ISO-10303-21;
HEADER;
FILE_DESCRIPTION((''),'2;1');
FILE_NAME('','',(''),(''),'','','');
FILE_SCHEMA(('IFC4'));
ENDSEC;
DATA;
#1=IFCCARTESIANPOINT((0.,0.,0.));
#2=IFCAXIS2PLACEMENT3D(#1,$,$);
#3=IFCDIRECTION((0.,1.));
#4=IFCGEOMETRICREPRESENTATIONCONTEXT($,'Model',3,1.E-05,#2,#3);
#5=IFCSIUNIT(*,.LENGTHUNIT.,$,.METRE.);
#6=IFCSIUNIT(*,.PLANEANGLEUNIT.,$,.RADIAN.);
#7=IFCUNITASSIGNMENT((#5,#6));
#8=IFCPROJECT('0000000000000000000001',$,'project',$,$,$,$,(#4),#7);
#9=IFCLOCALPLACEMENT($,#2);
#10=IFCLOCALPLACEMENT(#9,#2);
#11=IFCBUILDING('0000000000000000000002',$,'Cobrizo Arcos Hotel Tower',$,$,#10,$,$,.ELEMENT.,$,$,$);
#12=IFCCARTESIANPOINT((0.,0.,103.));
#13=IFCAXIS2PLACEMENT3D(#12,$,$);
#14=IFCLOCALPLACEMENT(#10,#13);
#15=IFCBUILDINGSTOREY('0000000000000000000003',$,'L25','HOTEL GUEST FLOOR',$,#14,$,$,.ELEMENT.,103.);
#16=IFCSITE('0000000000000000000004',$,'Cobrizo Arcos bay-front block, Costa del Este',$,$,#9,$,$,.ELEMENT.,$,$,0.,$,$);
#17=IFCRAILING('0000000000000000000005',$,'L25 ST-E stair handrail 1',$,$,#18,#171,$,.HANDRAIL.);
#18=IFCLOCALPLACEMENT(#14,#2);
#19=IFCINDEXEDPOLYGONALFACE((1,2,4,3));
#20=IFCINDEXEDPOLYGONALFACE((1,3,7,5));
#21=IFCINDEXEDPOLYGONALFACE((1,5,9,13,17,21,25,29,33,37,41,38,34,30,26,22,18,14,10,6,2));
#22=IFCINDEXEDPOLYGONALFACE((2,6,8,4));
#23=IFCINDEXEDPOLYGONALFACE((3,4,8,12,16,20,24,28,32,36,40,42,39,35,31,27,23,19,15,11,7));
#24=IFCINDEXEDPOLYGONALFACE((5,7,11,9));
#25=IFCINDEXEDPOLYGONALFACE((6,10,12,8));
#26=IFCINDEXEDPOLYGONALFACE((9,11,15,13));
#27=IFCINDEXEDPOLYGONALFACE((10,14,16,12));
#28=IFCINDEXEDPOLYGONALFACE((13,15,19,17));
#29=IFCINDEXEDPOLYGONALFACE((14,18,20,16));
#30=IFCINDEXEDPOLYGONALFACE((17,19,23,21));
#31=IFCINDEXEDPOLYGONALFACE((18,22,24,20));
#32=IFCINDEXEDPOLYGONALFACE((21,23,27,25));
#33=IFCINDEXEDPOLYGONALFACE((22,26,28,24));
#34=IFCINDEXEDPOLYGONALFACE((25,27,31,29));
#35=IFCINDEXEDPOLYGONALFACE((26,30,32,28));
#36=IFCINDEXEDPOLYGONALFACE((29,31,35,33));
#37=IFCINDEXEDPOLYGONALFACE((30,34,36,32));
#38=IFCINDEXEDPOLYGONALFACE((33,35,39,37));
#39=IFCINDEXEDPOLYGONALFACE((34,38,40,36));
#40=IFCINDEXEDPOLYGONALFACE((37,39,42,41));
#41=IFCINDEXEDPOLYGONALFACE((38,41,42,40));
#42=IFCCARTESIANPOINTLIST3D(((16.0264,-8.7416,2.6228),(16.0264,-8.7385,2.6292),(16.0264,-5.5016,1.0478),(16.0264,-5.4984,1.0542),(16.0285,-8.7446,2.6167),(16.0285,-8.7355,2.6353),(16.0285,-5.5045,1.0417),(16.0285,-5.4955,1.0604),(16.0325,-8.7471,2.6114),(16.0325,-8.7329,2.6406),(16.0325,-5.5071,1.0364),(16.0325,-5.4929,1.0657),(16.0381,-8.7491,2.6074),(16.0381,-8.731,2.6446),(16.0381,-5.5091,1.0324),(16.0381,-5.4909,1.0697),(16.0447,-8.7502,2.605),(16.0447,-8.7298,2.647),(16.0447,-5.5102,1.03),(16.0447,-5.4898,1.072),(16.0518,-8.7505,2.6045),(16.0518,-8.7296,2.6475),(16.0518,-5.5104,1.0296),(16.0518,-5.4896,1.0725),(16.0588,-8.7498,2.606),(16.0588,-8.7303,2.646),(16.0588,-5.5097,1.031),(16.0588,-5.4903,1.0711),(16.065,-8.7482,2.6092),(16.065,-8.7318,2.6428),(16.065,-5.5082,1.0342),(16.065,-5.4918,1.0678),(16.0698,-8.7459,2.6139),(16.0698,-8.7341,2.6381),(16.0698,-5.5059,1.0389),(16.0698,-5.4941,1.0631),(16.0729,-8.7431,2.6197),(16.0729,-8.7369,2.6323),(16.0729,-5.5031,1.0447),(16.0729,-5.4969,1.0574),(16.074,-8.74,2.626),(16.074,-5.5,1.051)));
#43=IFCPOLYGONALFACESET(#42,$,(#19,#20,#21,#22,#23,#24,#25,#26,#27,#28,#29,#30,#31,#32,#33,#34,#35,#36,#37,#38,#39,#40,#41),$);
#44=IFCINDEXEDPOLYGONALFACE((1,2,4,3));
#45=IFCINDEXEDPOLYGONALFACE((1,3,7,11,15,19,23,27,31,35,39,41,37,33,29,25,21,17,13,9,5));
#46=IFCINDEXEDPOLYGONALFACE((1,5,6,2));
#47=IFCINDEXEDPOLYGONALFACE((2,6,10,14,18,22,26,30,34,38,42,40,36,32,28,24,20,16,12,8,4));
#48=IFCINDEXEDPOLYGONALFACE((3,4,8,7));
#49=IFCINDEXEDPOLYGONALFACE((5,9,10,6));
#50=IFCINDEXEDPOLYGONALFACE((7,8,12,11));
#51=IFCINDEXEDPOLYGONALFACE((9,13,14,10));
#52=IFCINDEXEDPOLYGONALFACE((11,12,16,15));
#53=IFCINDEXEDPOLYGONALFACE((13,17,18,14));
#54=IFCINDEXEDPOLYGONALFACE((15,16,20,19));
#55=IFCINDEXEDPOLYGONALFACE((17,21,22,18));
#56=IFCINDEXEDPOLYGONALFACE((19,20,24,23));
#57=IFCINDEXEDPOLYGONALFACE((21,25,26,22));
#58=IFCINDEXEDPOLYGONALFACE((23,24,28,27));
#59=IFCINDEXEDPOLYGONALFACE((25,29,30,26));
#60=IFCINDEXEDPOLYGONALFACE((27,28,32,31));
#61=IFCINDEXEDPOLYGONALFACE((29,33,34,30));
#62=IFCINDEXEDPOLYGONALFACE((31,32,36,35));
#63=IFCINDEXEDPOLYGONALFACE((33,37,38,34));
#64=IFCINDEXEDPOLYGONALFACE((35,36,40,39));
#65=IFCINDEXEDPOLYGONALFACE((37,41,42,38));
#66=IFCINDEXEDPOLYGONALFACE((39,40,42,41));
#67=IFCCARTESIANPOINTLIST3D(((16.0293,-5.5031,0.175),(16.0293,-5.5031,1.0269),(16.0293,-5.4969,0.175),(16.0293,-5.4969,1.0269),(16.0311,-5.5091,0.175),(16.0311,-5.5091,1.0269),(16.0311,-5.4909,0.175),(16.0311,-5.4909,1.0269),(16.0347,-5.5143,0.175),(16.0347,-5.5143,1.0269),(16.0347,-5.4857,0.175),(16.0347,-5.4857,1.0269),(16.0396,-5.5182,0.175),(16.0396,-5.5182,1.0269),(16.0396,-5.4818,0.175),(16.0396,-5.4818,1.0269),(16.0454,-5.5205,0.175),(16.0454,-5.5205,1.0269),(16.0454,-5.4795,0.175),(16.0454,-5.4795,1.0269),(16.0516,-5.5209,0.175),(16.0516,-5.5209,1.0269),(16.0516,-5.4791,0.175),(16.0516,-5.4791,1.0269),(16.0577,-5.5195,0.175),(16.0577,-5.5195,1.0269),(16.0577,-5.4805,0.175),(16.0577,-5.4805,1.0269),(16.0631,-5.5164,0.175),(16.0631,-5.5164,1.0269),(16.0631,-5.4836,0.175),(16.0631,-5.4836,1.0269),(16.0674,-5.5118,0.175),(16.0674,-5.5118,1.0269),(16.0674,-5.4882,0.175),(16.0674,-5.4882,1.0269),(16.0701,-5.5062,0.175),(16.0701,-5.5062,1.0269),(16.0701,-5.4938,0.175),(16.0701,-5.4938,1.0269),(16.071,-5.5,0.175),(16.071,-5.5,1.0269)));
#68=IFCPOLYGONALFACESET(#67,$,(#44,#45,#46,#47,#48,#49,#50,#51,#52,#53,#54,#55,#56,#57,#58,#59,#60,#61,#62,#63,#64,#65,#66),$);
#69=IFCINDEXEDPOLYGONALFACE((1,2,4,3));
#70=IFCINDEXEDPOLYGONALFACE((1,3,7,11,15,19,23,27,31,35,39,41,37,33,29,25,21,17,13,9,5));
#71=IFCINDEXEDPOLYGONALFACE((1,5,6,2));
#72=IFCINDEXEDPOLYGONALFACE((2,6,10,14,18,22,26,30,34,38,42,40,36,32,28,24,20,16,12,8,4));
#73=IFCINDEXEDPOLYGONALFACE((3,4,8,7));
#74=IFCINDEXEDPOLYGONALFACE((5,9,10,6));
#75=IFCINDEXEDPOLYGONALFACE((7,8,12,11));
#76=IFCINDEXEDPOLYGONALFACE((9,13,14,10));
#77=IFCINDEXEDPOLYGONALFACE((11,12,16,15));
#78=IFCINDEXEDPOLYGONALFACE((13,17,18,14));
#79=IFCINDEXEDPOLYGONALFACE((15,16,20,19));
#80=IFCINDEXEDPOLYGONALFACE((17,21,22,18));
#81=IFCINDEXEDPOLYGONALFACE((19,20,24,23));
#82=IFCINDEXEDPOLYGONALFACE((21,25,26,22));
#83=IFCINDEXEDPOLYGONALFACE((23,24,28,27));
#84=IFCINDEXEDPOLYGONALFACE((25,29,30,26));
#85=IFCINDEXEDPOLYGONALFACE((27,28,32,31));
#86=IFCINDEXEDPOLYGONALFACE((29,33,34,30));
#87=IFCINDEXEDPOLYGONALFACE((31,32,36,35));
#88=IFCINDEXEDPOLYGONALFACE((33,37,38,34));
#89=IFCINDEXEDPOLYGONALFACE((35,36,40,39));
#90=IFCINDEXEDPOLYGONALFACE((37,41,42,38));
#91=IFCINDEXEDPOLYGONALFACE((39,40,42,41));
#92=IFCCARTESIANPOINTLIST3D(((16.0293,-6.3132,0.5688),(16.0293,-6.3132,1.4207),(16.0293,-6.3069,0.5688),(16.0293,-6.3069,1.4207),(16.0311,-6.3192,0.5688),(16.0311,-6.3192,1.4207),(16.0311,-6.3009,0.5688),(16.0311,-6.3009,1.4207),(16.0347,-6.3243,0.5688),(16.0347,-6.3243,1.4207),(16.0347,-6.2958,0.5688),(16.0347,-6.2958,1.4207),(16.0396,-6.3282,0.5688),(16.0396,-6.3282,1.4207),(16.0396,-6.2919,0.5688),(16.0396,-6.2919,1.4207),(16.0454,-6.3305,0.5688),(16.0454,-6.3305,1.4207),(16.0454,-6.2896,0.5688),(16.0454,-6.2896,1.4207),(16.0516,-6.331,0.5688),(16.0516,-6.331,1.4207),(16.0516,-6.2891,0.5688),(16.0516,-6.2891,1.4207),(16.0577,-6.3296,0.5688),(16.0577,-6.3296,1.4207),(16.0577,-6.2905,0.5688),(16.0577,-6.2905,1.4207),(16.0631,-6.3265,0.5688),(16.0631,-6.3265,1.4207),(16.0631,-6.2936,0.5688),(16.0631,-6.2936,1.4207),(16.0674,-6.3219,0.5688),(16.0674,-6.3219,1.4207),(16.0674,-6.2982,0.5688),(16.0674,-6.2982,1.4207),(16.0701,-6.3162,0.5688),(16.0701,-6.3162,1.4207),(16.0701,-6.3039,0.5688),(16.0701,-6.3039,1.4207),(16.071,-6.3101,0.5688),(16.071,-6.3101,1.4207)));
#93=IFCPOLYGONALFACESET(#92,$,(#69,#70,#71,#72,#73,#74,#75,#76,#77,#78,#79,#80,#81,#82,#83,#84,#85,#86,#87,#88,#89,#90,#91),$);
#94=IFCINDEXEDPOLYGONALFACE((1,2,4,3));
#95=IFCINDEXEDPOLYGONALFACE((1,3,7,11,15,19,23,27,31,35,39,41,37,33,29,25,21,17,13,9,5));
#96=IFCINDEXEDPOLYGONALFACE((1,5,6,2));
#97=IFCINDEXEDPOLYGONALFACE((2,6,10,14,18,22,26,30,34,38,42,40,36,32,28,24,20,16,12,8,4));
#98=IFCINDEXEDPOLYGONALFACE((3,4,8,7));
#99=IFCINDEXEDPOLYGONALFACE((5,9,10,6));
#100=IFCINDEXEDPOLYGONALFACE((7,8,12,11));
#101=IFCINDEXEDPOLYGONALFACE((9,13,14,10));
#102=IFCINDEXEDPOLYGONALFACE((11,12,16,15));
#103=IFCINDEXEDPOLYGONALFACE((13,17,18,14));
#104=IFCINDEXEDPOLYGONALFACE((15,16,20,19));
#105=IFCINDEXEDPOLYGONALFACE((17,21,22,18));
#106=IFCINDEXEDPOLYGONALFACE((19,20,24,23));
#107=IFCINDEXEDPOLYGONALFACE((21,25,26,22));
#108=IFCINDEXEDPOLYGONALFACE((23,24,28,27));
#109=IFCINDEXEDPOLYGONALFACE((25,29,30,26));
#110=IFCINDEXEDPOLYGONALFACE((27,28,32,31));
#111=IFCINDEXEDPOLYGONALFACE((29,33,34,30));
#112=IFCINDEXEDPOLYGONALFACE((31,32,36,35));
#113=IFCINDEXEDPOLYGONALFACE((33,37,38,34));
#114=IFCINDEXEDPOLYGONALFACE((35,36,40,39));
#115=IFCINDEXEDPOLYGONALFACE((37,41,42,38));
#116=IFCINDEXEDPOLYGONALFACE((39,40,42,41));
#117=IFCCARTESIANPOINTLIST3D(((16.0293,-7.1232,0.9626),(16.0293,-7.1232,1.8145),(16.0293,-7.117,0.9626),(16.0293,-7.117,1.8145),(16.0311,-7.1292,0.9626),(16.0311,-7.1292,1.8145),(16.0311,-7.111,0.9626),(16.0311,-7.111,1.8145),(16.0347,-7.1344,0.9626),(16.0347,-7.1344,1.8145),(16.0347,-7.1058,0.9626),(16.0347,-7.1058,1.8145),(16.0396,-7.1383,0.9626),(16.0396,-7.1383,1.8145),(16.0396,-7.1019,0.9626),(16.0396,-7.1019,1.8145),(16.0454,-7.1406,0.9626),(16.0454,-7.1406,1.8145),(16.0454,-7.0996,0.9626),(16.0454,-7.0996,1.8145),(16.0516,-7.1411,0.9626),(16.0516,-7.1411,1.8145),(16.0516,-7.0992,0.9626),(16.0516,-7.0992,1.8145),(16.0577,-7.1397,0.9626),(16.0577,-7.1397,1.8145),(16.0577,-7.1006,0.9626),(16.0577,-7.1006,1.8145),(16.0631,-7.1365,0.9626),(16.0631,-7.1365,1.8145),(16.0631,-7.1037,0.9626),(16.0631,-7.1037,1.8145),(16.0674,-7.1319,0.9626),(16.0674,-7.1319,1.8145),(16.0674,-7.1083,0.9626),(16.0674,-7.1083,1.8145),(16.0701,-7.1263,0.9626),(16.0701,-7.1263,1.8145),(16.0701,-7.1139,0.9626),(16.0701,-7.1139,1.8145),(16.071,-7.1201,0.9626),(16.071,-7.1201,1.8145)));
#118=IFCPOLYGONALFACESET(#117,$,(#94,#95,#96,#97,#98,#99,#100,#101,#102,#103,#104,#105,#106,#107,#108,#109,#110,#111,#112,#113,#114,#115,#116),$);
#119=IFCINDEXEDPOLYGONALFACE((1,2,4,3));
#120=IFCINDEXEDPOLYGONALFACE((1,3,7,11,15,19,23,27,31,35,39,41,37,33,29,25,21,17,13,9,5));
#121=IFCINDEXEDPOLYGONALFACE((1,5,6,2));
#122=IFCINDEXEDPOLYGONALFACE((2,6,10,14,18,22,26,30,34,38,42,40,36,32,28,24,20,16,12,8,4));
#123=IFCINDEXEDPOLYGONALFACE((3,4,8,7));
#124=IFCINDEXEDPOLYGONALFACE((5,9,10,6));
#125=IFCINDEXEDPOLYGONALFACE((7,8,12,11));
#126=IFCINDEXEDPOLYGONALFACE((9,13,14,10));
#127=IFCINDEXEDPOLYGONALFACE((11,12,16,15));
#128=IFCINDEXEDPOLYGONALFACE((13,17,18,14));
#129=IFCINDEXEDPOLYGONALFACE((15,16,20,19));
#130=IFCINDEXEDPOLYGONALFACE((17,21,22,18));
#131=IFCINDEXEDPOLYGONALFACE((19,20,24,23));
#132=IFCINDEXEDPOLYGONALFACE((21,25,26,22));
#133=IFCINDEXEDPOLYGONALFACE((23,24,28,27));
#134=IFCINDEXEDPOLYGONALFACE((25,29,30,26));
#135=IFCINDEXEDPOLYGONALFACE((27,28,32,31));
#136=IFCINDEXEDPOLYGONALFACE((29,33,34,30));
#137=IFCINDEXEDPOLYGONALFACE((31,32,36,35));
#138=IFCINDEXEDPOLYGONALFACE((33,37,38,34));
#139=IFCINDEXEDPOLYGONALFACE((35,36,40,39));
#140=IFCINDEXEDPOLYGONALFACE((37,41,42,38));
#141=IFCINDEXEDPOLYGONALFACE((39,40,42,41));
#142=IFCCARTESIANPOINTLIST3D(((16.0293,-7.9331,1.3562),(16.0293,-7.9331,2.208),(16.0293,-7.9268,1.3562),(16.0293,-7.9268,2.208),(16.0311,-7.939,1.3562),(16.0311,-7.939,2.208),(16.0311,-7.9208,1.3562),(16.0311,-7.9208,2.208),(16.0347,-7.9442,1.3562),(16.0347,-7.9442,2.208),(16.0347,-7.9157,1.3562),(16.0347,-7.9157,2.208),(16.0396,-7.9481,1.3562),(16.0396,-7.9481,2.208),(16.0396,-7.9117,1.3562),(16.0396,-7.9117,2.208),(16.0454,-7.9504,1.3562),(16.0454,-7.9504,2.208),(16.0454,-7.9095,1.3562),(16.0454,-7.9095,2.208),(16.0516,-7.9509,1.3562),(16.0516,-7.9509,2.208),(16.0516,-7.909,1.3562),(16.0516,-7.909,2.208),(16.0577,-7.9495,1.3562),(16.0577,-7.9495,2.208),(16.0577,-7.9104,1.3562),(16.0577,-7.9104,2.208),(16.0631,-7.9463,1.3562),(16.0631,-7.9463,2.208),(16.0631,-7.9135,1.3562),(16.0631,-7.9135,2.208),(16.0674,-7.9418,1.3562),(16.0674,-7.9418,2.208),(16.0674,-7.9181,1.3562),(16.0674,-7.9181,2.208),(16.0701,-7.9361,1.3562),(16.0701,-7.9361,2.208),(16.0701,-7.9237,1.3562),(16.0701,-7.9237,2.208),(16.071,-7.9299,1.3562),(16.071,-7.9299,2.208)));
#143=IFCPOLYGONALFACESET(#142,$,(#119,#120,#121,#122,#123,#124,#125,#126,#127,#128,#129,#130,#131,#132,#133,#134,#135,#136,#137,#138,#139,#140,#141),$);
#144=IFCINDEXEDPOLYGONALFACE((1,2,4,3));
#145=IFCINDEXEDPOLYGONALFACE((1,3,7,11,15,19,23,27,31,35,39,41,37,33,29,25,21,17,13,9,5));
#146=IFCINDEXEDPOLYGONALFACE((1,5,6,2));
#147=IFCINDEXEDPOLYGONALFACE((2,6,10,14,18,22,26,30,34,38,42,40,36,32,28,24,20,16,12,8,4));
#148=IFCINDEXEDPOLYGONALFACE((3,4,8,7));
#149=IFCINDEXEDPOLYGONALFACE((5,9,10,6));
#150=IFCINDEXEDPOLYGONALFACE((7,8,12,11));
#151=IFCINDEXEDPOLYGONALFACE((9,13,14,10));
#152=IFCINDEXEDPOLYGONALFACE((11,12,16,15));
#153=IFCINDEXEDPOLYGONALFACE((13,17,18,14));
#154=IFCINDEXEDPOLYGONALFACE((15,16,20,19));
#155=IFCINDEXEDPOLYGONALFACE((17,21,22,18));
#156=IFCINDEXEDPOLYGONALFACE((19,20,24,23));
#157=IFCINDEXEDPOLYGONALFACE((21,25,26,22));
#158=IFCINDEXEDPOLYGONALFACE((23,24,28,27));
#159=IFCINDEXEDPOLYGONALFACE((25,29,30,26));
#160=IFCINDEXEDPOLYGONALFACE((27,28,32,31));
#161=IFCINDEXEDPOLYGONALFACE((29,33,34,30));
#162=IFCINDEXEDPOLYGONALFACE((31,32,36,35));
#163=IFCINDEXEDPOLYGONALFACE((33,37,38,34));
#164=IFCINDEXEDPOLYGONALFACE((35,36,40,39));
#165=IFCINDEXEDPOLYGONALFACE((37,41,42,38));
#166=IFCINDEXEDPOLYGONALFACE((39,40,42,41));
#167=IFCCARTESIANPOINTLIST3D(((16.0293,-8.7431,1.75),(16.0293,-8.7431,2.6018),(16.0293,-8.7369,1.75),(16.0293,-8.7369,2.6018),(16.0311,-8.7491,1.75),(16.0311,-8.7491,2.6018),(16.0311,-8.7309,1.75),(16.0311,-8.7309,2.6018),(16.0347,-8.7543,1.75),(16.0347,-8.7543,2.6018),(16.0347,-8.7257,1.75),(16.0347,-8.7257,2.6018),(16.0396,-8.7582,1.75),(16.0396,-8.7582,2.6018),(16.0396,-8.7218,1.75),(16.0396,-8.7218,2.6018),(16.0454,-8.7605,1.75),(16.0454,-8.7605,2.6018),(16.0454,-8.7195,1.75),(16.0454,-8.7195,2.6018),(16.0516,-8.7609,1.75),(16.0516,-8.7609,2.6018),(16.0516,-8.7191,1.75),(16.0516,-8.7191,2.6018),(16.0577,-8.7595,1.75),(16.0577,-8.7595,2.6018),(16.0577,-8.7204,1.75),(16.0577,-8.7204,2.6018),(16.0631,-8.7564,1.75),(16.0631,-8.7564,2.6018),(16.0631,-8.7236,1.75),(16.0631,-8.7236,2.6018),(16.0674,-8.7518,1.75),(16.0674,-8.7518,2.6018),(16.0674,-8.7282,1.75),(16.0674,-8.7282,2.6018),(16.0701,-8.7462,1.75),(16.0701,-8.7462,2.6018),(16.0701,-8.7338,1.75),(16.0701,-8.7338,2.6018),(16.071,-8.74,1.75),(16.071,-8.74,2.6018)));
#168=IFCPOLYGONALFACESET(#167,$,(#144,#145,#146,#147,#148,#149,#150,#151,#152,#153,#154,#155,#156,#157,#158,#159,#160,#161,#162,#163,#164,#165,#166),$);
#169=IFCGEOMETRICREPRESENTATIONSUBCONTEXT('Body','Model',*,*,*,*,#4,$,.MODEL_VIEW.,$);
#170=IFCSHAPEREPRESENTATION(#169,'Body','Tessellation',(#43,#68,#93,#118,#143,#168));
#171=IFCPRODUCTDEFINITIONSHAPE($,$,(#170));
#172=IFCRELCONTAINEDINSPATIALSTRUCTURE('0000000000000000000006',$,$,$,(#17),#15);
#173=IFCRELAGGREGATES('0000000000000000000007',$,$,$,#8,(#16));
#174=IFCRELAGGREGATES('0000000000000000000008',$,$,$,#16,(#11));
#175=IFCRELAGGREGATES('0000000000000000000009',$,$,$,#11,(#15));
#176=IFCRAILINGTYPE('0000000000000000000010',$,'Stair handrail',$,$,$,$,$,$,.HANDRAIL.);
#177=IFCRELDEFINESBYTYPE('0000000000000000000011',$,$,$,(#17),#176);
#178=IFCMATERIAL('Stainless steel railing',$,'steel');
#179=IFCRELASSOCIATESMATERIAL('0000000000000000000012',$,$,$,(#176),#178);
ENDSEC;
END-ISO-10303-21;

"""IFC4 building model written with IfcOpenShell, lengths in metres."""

from ifc_helpers import new_model, si_unit, direction, frame, origin, origin_2d, place, context, subcontext, project, spatial, circle, extrude, material, type_object, element, save


model = new_model("IFC4")

# Units and contexts
model_context = context("Model", 3, precision=1e-05, world=origin(), true_north=direction((0.0, 1.0)))
body_context = subcontext(model_context, "Body", "Model", "MODEL_VIEW")
ifc_project = project(units=[si_unit("LENGTHUNIT", "METRE"), si_unit("PLANEANGLEUNIT", "RADIAN")], contexts=[model_context])

# Site, building, storey
site_placement = place(None, origin())
site = spatial("IfcSite", under=ifc_project, at=site_placement, Name="Cobrizo Arcos bay-front block, Costa del Este", CompositionType="ELEMENT", RefElevation=0.0)
building_placement = place(site_placement, origin())
building = spatial("IfcBuilding", under=site, at=building_placement, Name="Cobrizo Arcos Hotel Tower", CompositionType="ELEMENT")
storey_placement = place(building_placement, frame((0.0, 0.0, 103.0)))
storey = spatial("IfcBuildingStorey", under=building, at=storey_placement, Name="L25", Description="HOTEL GUEST FLOOR", CompositionType="ELEMENT", Elevation=103.0)

# Railing
ifc_material_1 = material(Name="Stainless steel railing", Category="steel")
railing_type_1 = type_object("IfcRailingType", Name="Stair handrail", PredefinedType="HANDRAIL", material=ifc_material_1)
railing_1_placement = place(storey_placement, frame((16.05, -5.5, 0.175)))
element("IfcRailing", 1, at=railing_1_placement, inside=storey, type_object=railing_type_1, Name="L25 ST-E stair handrail 1", PredefinedType="HANDRAIL", context=body_context, shape_type="SweptSolid", body=[
    extrude(circle(Radius=0.0239, at=origin_2d()), frame((0.0, 0.0, 0.876), z_axis=(0.0, -0.899373, 0.437183), x_axis=(1.0, 0.0, 0.0)), (0.0, 0.0, 1.0), 3.6025),
    extrude(circle(Radius=0.021, at=origin_2d()), origin(), (0.0, 0.0, 1.0), 0.8518),
    extrude(circle(Radius=0.021, at=origin_2d()), frame((0.0, -0.8101, 0.3938)), (0.0, 0.0, 1.0), 0.8518),
    extrude(circle(Radius=0.021, at=origin_2d()), frame((0.0, -1.6201, 0.7876)), (0.0, 0.0, 1.0), 0.8518),
    extrude(circle(Radius=0.021, at=origin_2d()), frame((0.0, -2.4299, 1.1812)), (0.0, 0.0, 1.0), 0.8518),
    extrude(circle(Radius=0.021, at=origin_2d()), frame((0.0, -3.24, 1.575)), (0.0, 0.0, 1.0), 0.8518),
])

save(model, "model.ifc")
